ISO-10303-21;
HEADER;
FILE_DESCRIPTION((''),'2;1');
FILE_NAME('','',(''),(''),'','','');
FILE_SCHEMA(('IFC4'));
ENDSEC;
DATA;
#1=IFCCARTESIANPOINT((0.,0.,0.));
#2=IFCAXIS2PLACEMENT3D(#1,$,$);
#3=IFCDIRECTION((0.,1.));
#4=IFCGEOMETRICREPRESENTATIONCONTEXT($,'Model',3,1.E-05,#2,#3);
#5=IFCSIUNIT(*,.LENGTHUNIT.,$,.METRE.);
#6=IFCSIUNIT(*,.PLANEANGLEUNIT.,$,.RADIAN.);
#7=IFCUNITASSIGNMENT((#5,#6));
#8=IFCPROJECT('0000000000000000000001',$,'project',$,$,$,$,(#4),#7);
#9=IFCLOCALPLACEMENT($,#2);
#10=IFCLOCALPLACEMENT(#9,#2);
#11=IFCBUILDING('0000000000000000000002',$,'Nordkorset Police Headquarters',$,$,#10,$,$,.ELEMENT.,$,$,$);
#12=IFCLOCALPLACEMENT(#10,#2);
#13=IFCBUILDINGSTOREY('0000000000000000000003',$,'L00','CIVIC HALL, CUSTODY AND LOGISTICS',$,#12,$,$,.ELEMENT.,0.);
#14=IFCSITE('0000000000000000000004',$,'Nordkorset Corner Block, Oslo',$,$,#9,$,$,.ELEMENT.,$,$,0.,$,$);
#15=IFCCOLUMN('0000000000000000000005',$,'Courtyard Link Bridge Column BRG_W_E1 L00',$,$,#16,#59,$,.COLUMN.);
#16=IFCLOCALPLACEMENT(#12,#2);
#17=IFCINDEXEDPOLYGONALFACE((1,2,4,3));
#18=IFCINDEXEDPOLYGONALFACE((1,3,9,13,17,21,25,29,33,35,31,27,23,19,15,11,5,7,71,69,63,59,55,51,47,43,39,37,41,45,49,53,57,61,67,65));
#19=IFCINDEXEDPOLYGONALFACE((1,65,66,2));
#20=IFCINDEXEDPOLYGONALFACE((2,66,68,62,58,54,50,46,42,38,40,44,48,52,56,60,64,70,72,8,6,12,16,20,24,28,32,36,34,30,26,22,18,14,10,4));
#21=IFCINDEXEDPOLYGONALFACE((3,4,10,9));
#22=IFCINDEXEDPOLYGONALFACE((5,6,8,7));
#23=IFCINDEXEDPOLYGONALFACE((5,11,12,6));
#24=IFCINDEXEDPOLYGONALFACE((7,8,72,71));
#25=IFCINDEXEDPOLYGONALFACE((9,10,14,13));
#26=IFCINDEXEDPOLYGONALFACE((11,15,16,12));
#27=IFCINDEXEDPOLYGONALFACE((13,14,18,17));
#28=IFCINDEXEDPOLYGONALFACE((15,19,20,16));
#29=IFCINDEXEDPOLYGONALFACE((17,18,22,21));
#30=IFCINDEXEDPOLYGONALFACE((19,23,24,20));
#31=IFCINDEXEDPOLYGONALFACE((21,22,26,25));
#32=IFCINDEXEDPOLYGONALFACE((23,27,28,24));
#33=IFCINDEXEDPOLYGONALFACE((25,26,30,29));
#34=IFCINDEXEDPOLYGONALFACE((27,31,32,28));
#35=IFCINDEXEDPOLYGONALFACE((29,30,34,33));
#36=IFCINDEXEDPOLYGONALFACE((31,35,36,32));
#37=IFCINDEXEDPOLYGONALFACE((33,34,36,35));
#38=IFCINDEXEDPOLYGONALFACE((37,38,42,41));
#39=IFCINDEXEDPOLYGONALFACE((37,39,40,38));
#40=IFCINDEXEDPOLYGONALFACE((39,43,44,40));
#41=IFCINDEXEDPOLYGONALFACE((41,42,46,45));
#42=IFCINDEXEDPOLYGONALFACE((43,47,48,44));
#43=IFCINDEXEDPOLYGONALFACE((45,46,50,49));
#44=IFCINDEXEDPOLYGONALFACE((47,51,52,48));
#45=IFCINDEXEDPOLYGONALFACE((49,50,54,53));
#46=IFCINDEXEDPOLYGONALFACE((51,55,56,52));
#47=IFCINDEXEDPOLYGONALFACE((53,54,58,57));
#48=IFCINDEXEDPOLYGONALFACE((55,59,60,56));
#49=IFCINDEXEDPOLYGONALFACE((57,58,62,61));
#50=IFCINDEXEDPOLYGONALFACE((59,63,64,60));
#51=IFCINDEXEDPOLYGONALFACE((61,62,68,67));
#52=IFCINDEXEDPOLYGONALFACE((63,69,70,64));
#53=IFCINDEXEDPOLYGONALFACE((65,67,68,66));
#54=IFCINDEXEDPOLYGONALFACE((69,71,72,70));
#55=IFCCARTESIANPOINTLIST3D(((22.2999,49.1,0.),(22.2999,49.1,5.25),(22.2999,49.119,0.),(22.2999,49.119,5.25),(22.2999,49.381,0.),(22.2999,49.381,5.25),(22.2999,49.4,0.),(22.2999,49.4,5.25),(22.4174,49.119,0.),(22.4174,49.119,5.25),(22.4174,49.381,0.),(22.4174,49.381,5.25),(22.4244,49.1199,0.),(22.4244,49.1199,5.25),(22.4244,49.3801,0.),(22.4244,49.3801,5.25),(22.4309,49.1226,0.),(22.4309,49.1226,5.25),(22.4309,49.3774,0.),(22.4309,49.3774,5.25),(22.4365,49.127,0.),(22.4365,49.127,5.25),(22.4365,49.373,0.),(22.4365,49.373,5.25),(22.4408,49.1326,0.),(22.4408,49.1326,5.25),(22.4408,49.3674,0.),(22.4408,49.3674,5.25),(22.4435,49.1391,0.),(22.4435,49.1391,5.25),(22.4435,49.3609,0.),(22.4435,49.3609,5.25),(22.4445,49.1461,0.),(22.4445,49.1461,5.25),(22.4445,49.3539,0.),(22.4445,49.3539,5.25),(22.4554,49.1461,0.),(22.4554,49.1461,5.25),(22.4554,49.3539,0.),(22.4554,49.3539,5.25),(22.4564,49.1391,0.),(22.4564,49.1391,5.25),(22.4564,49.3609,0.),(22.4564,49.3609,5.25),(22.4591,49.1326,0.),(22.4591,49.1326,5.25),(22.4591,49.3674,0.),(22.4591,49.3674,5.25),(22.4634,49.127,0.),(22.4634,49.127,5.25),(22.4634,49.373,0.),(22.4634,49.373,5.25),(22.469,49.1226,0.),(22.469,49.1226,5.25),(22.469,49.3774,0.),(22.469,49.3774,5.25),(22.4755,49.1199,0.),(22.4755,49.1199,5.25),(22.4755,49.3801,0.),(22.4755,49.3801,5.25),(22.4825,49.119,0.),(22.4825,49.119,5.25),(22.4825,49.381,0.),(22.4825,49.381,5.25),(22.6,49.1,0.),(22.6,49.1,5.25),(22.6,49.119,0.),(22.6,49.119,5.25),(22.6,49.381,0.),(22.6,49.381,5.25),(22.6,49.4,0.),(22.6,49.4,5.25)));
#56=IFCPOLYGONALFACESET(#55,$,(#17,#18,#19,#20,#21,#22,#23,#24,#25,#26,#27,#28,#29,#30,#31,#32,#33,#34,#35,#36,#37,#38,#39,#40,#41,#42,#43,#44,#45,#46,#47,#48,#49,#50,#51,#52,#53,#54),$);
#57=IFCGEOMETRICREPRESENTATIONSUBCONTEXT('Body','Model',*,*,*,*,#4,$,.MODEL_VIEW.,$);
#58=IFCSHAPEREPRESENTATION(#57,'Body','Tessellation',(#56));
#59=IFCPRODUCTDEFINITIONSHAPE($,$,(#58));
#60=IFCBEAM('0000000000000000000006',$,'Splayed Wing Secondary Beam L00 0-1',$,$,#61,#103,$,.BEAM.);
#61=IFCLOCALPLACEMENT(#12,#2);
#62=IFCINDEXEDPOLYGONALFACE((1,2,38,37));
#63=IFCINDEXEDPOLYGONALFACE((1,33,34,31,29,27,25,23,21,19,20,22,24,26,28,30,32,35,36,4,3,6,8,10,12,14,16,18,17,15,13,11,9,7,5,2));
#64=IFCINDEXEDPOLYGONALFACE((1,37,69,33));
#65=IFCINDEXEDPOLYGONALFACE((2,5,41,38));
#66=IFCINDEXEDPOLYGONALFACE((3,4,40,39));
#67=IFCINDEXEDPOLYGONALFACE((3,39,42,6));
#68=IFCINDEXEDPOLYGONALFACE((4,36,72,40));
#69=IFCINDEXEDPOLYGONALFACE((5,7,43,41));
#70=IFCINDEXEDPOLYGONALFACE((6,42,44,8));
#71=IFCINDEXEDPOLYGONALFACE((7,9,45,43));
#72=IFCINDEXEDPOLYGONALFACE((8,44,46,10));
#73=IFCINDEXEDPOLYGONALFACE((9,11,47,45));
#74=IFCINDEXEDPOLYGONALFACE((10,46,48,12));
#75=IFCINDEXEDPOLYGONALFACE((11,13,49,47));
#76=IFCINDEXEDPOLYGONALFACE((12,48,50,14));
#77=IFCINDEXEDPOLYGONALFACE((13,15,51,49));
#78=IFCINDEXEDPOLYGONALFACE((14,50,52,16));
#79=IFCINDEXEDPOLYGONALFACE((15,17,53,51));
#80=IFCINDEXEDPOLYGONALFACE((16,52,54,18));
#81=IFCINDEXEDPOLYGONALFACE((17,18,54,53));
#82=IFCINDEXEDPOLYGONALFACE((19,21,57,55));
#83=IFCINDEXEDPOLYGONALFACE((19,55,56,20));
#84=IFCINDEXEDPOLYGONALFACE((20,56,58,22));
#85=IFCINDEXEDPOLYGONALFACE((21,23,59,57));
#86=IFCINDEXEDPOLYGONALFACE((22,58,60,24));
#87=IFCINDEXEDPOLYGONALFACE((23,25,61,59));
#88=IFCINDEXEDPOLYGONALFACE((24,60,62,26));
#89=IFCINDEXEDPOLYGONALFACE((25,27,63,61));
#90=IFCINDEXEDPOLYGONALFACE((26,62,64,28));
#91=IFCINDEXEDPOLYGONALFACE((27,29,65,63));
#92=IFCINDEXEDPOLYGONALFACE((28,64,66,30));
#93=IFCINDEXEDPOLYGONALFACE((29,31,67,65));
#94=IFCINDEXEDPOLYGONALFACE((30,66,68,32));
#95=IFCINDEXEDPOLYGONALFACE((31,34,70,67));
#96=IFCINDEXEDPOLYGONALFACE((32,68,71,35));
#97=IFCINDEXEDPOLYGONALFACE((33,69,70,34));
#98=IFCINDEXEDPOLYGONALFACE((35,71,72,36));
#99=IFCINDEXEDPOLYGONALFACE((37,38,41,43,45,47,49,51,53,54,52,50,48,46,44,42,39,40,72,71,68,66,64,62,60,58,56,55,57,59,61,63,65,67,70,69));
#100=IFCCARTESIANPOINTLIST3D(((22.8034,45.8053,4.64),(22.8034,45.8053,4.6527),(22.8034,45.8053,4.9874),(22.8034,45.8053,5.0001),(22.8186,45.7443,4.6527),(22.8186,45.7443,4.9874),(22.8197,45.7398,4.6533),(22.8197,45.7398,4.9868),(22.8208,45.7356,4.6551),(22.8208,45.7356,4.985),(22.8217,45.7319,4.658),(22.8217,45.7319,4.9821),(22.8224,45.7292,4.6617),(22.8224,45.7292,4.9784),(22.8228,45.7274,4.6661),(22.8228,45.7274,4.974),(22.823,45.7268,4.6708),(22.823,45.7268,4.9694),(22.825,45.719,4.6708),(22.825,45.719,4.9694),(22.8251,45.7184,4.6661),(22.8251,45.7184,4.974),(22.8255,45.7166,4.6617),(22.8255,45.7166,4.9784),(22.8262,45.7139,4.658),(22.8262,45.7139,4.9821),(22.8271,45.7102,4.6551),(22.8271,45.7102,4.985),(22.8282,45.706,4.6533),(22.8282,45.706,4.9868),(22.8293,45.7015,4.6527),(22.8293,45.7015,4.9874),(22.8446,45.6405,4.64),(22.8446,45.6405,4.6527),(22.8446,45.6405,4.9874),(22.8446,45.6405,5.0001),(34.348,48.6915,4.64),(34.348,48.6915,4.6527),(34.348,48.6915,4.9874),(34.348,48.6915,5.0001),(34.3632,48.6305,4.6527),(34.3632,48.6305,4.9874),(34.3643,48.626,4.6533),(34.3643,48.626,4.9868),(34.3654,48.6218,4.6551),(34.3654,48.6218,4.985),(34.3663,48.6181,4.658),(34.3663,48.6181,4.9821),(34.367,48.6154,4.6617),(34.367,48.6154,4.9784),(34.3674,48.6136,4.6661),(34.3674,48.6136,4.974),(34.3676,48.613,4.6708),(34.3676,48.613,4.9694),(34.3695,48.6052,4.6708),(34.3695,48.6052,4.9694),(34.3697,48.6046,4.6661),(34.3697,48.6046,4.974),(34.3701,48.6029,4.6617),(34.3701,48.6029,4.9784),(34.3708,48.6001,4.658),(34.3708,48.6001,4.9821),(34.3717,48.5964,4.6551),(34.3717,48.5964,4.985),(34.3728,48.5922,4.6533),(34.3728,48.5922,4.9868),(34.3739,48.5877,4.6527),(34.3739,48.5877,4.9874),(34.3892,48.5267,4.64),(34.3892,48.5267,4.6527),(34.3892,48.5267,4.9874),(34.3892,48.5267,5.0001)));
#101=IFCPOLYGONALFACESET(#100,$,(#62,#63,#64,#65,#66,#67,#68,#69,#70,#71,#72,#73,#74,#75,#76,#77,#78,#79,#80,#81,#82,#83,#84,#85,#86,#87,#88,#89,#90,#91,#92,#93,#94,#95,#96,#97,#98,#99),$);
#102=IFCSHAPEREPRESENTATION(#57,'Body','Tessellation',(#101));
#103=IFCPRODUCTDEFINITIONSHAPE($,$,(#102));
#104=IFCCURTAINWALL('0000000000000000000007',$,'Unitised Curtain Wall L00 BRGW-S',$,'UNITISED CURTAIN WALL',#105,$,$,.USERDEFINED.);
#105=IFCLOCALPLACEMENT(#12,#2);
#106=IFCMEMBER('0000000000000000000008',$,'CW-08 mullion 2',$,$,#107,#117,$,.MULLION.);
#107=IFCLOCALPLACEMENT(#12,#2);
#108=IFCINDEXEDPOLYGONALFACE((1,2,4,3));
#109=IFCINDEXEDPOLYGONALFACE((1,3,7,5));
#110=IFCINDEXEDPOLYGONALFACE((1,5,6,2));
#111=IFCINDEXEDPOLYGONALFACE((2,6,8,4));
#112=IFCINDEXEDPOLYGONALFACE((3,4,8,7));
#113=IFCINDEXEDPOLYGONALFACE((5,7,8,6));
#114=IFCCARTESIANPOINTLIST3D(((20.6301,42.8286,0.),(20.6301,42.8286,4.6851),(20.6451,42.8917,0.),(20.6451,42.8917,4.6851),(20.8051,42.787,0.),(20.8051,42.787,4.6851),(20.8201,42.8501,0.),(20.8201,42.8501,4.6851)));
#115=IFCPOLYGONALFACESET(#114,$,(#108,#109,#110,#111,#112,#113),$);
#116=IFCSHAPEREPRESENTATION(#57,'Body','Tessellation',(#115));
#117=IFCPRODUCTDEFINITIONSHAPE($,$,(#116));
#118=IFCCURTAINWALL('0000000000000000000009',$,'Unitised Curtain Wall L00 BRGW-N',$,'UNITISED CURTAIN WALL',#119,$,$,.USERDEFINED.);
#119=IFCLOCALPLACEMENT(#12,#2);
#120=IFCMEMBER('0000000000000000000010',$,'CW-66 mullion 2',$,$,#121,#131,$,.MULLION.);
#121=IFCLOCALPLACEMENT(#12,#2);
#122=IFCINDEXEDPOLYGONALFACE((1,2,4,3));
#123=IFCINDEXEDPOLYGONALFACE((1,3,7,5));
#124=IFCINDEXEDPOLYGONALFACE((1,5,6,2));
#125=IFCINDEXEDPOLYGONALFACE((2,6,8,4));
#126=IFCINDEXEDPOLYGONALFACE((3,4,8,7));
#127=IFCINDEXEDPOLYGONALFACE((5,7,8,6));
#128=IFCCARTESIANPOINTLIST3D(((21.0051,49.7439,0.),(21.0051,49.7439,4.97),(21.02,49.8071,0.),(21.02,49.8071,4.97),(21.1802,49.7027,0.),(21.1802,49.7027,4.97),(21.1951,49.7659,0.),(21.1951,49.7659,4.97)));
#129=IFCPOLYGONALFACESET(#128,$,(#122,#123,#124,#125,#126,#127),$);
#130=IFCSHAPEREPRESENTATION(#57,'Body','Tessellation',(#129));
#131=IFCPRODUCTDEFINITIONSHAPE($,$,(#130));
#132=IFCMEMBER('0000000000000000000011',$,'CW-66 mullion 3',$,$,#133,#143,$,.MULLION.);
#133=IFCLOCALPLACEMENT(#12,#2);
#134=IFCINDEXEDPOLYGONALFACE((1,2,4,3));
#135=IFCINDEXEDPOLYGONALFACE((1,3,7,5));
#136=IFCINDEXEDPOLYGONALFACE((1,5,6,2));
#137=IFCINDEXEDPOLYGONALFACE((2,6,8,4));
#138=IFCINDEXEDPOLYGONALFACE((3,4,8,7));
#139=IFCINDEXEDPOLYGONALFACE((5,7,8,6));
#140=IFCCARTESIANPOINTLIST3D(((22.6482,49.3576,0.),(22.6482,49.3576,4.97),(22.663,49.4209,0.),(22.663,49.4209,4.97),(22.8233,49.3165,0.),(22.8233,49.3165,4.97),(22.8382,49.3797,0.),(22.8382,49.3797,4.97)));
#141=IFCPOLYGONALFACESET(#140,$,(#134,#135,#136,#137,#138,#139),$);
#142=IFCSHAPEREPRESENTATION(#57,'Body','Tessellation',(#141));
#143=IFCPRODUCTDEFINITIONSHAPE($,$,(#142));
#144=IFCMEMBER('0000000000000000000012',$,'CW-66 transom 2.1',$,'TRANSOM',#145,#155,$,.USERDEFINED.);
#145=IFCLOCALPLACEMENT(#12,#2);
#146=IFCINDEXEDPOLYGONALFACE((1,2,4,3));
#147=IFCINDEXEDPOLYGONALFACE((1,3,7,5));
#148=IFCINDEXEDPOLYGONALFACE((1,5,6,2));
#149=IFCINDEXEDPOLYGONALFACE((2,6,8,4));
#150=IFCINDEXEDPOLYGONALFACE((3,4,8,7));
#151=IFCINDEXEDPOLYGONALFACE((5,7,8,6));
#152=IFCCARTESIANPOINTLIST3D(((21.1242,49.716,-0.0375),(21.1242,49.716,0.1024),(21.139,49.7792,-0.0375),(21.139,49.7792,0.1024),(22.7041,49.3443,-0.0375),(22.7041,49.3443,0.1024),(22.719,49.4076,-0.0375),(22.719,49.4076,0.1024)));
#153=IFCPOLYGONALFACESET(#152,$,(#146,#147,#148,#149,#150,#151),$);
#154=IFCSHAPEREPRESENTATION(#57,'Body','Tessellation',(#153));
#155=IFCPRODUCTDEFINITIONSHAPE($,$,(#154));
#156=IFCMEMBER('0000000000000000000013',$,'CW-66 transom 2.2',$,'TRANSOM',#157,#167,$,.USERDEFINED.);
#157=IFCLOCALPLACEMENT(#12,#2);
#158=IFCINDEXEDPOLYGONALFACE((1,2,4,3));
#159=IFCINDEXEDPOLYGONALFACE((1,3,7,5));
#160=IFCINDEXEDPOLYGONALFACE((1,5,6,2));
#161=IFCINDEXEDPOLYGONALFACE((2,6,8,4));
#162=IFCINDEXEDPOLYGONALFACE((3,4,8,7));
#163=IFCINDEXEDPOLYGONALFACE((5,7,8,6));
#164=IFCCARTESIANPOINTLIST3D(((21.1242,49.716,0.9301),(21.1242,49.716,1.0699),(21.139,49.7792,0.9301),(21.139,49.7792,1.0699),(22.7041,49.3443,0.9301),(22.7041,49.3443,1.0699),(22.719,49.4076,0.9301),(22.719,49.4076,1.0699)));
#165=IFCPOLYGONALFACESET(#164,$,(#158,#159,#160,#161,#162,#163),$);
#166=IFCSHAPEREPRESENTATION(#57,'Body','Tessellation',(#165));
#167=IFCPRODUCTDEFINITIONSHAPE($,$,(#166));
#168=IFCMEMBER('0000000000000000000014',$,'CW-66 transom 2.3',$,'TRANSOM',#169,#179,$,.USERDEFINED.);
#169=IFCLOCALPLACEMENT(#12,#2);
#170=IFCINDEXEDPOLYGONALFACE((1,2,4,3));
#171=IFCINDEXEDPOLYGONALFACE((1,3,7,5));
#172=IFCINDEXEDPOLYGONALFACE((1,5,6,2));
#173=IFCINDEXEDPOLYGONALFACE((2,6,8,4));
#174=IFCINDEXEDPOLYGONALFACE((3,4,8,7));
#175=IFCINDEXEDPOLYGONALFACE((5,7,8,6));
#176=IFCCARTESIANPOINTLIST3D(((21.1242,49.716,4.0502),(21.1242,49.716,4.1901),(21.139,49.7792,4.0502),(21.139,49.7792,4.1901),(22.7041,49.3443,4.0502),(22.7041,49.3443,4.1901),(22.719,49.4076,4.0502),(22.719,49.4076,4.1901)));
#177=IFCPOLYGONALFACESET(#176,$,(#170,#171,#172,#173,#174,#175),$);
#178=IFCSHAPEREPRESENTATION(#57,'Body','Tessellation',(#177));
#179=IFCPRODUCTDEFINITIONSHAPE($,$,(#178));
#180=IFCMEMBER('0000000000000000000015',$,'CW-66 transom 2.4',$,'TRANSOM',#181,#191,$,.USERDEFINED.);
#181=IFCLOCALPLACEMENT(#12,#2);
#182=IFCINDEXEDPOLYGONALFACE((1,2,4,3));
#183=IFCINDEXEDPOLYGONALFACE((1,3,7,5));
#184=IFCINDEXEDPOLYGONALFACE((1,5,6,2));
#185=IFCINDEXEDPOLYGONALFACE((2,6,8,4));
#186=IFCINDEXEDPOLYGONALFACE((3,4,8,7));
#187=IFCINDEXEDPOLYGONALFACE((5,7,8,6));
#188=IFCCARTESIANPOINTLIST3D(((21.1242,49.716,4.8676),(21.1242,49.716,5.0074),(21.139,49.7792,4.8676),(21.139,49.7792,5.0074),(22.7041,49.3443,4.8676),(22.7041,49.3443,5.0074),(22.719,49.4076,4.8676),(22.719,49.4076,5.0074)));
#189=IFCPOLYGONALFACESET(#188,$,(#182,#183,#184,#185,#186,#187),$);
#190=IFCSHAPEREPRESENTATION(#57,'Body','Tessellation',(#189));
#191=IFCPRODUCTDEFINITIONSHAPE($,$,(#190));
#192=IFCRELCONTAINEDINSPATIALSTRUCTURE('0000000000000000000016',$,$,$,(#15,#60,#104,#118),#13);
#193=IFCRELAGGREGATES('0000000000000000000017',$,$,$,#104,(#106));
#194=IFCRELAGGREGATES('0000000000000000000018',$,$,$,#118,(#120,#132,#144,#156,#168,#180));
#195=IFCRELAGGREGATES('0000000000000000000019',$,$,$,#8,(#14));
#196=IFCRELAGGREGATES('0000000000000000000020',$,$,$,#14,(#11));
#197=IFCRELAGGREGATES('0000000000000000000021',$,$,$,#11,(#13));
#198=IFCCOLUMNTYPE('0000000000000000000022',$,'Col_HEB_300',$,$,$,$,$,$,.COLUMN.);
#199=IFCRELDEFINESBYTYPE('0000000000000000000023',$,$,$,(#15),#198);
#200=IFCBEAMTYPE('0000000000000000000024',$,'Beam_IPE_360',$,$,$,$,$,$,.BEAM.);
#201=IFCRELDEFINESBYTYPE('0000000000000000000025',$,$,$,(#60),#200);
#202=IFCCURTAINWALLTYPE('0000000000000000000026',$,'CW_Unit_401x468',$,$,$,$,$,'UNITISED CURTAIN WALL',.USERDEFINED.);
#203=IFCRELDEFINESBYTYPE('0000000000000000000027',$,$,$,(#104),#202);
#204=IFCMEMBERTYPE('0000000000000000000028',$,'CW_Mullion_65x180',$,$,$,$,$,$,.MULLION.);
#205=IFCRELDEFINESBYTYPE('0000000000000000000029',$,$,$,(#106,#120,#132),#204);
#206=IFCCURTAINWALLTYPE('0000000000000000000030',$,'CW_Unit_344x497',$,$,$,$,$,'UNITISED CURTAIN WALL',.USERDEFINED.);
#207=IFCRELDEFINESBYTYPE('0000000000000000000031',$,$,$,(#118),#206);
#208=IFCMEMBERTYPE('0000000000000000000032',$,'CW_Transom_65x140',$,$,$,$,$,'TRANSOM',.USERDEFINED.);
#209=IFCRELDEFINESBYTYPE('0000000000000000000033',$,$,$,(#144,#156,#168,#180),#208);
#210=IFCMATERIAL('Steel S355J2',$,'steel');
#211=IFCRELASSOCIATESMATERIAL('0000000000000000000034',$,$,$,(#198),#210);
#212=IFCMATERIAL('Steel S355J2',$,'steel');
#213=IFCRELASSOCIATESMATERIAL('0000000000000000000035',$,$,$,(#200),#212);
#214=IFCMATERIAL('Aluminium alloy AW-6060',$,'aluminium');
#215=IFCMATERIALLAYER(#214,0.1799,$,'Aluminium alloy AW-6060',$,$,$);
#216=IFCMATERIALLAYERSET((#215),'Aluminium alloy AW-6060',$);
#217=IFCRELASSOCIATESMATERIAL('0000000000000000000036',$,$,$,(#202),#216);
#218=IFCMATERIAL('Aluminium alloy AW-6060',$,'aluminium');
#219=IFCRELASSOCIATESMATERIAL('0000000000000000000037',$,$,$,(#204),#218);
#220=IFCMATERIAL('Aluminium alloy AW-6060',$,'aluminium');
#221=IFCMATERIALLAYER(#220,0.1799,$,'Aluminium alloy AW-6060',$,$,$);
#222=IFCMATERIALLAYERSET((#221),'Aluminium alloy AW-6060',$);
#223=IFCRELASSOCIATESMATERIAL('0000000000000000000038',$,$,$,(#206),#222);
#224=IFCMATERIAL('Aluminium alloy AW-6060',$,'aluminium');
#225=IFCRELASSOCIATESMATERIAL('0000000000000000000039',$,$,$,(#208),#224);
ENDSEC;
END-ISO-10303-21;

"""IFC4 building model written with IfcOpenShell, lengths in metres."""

from ifc_helpers import new_model, si_unit, direction, frame, origin, origin_2d, place, context, subcontext, project, spatial, rectangle, i_section, extrude, material, layer, layer_set, material_profile, profile_set, type_object, element, aggregate, save


model = new_model("IFC4")

# Units and contexts
model_context = context("Model", 3, precision=1e-05, world=origin(), true_north=direction((0.0, 1.0)))
body_context = subcontext(model_context, "Body", "Model", "MODEL_VIEW")
ifc_project = project(units=[si_unit("LENGTHUNIT", "METRE"), si_unit("PLANEANGLEUNIT", "RADIAN")], contexts=[model_context])

# Site, building, storey
site_placement = place(None, origin())
site = spatial("IfcSite", under=ifc_project, at=site_placement, Name="Nordkorset Corner Block, Oslo", CompositionType="ELEMENT", RefElevation=0.0)
building_placement = place(site_placement, origin())
building = spatial("IfcBuilding", under=site, at=building_placement, Name="Nordkorset Police Headquarters", CompositionType="ELEMENT")
storey_placement = place(building_placement, origin())
storey = spatial("IfcBuildingStorey", under=building, at=storey_placement, Name="L00", Description="CIVIC HALL, CUSTODY AND LOGISTICS", CompositionType="ELEMENT", Elevation=0.0)

# Column
ifc_material_1 = material(Name="Steel S355J2", Category="steel")
ifc_material_profile_1 = material_profile(ifc_material_1, i_section(OverallWidth=0.3, OverallDepth=0.3, WebThickness=0.011, FlangeThickness=0.019, FilletRadius=0.0271, at=origin_2d()), Name="HEB 300")
ifc_profile_set_1 = profile_set([ifc_material_profile_1], Name="Steel S355J2")
column_type = type_object("IfcColumnType", Name="Col_HEB_300", PredefinedType="COLUMN", material=ifc_profile_set_1)
column_placement = place(storey_placement, frame((22.45, 49.25, 0.0), z_axis=(0.0, 0.0, 1.0), x_axis=(1.0, 0.0, 0.0)))
element("IfcColumn", 1, at=column_placement, inside=storey, type_object=column_type, Name="Courtyard Link Bridge Column BRG_W_E1 L00", PredefinedType="COLUMN", context=body_context, shape_type="SweptSolid", body=[
    extrude(i_section(OverallWidth=0.3, OverallDepth=0.3, WebThickness=0.011, FlangeThickness=0.019, FilletRadius=0.0271, at=origin_2d()), origin(), (0.0, 0.0, 1.0), 5.25),
])

# Beam
ifc_material_2 = material(Name="Steel S355J2", Category="steel")
ifc_material_profile_2 = material_profile(ifc_material_2, i_section(OverallWidth=0.1699, OverallDepth=0.3601, WebThickness=0.0081, FlangeThickness=0.0127, FilletRadius=0.0181, at=origin_2d()), Name="IPE 360")
ifc_profile_set_2 = profile_set([ifc_material_profile_2], Name="Steel S355J2")
beam_type_1 = type_object("IfcBeamType", Name="Beam_IPE_360", PredefinedType="BEAM", material=ifc_profile_set_2)
beam_1_placement = place(storey_placement, frame((22.824, 45.7229, 4.8201), z_axis=(0.970141, 0.24254, 0.0), x_axis=(-0.24254, 0.970141, 0.0)))
element("IfcBeam", 2, at=beam_1_placement, inside=storey, type_object=beam_type_1, Name="Splayed Wing Secondary Beam L00 0-1", PredefinedType="BEAM", context=body_context, shape_type="SweptSolid", body=[
    extrude(i_section(OverallWidth=0.1699, OverallDepth=0.3601, WebThickness=0.0081, FlangeThickness=0.0127, FilletRadius=0.0181, at=origin_2d()), origin(), (0.0, 0.0, 1.0), 11.8999),
])

# Curtain wall, member
ifc_material_3 = material(Name="Aluminium alloy AW-6060", Category="aluminium")
ifc_layer_1 = layer(ifc_material_3, 0.1799, Name="Aluminium alloy AW-6060")
ifc_layer_set_1 = layer_set([ifc_layer_1], Name="Aluminium alloy AW-6060")
curtain_wall_type_1 = type_object("IfcCurtainWallType", Name="CW_Unit_401x468", ElementType="UNITISED CURTAIN WALL", PredefinedType="USERDEFINED", material=ifc_layer_set_1)
curtain_wall_1_placement = place(storey_placement, origin())
curtain_wall_1 = element("IfcCurtainWall", 3, at=curtain_wall_1_placement, inside=storey, type_object=curtain_wall_type_1, Name="Unitised Curtain Wall L00 BRGW-S", ObjectType="UNITISED CURTAIN WALL", PredefinedType="USERDEFINED")
ifc_material_4 = material(Name="Aluminium alloy AW-6060", Category="aluminium")
ifc_material_profile_3 = material_profile(ifc_material_4, rectangle(XDim=0.0649, YDim=0.1799, at=origin_2d()), Name="ALU MULL 65x180")
ifc_profile_set_3 = profile_set([ifc_material_profile_3], Name="Aluminium alloy AW-6060")
member_type_1 = type_object("IfcMemberType", Name="CW_Mullion_65x180", PredefinedType="MULLION", material=ifc_profile_set_3)
member_1_placement = place(storey_placement, frame((20.7251, 42.8394, 0.0), z_axis=(0.0, 0.0, 1.0), x_axis=(0.231206, 0.972905, 0.0)))
member_1 = element("IfcMember", 4, at=member_1_placement, type_object=member_type_1, Name="CW-08 mullion 2", PredefinedType="MULLION", context=body_context, shape_type="SweptSolid", body=[
    extrude(rectangle(XDim=0.0649, YDim=0.1799, at=origin_2d()), origin(), (0.0, 0.0, 1.0), 4.6851),
])

# Curtain wall, members
ifc_material_5 = material(Name="Aluminium alloy AW-6060", Category="aluminium")
ifc_layer_2 = layer(ifc_material_5, 0.1799, Name="Aluminium alloy AW-6060")
ifc_layer_set_2 = layer_set([ifc_layer_2], Name="Aluminium alloy AW-6060")
curtain_wall_type_2 = type_object("IfcCurtainWallType", Name="CW_Unit_344x497", ElementType="UNITISED CURTAIN WALL", PredefinedType="USERDEFINED", material=ifc_layer_set_2)
curtain_wall_2_placement = place(storey_placement, origin())
curtain_wall_2 = element("IfcCurtainWall", 5, at=curtain_wall_2_placement, inside=storey, type_object=curtain_wall_type_2, Name="Unitised Curtain Wall L00 BRGW-N", ObjectType="UNITISED CURTAIN WALL", PredefinedType="USERDEFINED")
member_2_placement = place(storey_placement, frame((21.1001, 49.7549, 0.0), z_axis=(0.0, 0.0, 1.0), x_axis=(0.228893, 0.973452, 0.0)))
member_2 = element("IfcMember", 6, at=member_2_placement, type_object=member_type_1, Name="CW-66 mullion 2", PredefinedType="MULLION", context=body_context, shape_type="SweptSolid", body=[
    extrude(rectangle(XDim=0.0649, YDim=0.1799, at=origin_2d()), origin(), (0.0, 0.0, 1.0), 4.97),
])
member_3_placement = place(storey_placement, frame((22.7432, 49.3687, 0.0), z_axis=(0.0, 0.0, 1.0), x_axis=(0.228893, 0.973452, 0.0)))
member_3 = element("IfcMember", 7, at=member_3_placement, type_object=member_type_1, Name="CW-66 mullion 3", PredefinedType="MULLION", context=body_context, shape_type="SweptSolid", body=[
    extrude(rectangle(XDim=0.0649, YDim=0.1799, at=origin_2d()), origin(), (0.0, 0.0, 1.0), 4.97),
])
ifc_material_6 = material(Name="Aluminium alloy AW-6060", Category="aluminium")
ifc_material_profile_4 = material_profile(ifc_material_6, rectangle(XDim=0.0649, YDim=0.1399, at=origin_2d()), Name="ALU TRAN 65x140")
ifc_profile_set_4 = profile_set([ifc_material_profile_4], Name="Aluminium alloy AW-6060")
member_type_2 = type_object("IfcMemberType", Name="CW_Transom_65x140", ElementType="TRANSOM", PredefinedType="USERDEFINED", material=ifc_profile_set_4)
member_4_placement = place(storey_placement, frame((21.1316, 49.7476, 0.0325), z_axis=(0.973437, -0.228955, 0.0), x_axis=(0.228955, 0.973437, 0.0)))
member_4 = element("IfcMember", 8, at=member_4_placement, type_object=member_type_2, Name="CW-66 transom 2.1", ObjectType="TRANSOM", PredefinedType="USERDEFINED", context=body_context, shape_type="SweptSolid", body=[
    extrude(rectangle(XDim=0.0649, YDim=0.1399, at=origin_2d()), origin(), (0.0, 0.0, 1.0), 1.623),
])
member_5_placement = place(storey_placement, frame((21.1316, 49.7476, 1.0), z_axis=(0.973437, -0.228955, 0.0), x_axis=(0.228955, 0.973437, 0.0)))
member_5 = element("IfcMember", 9, at=member_5_placement, type_object=member_type_2, Name="CW-66 transom 2.2", ObjectType="TRANSOM", PredefinedType="USERDEFINED", context=body_context, shape_type="SweptSolid", body=[
    extrude(rectangle(XDim=0.0649, YDim=0.1399, at=origin_2d()), origin(), (0.0, 0.0, 1.0), 1.623),
])
member_6_placement = place(storey_placement, frame((21.1316, 49.7476, 4.1201), z_axis=(0.973437, -0.228955, 0.0), x_axis=(0.228955, 0.973437, 0.0)))
member_6 = element("IfcMember", 10, at=member_6_placement, type_object=member_type_2, Name="CW-66 transom 2.3", ObjectType="TRANSOM", PredefinedType="USERDEFINED", context=body_context, shape_type="SweptSolid", body=[
    extrude(rectangle(XDim=0.0649, YDim=0.1399, at=origin_2d()), origin(), (0.0, 0.0, 1.0), 1.623),
])
member_7_placement = place(storey_placement, frame((21.1316, 49.7476, 4.9375), z_axis=(0.973437, -0.228955, 0.0), x_axis=(0.228955, 0.973437, 0.0)))
member_7 = element("IfcMember", 11, at=member_7_placement, type_object=member_type_2, Name="CW-66 transom 2.4", ObjectType="TRANSOM", PredefinedType="USERDEFINED", context=body_context, shape_type="SweptSolid", body=[
    extrude(rectangle(XDim=0.0649, YDim=0.1399, at=origin_2d()), origin(), (0.0, 0.0, 1.0), 1.623),
])

aggregate(curtain_wall_1, [member_1])
aggregate(curtain_wall_2, [member_2, member_3, member_4, member_5, member_6, member_7])

save(model, "model.ifc")
